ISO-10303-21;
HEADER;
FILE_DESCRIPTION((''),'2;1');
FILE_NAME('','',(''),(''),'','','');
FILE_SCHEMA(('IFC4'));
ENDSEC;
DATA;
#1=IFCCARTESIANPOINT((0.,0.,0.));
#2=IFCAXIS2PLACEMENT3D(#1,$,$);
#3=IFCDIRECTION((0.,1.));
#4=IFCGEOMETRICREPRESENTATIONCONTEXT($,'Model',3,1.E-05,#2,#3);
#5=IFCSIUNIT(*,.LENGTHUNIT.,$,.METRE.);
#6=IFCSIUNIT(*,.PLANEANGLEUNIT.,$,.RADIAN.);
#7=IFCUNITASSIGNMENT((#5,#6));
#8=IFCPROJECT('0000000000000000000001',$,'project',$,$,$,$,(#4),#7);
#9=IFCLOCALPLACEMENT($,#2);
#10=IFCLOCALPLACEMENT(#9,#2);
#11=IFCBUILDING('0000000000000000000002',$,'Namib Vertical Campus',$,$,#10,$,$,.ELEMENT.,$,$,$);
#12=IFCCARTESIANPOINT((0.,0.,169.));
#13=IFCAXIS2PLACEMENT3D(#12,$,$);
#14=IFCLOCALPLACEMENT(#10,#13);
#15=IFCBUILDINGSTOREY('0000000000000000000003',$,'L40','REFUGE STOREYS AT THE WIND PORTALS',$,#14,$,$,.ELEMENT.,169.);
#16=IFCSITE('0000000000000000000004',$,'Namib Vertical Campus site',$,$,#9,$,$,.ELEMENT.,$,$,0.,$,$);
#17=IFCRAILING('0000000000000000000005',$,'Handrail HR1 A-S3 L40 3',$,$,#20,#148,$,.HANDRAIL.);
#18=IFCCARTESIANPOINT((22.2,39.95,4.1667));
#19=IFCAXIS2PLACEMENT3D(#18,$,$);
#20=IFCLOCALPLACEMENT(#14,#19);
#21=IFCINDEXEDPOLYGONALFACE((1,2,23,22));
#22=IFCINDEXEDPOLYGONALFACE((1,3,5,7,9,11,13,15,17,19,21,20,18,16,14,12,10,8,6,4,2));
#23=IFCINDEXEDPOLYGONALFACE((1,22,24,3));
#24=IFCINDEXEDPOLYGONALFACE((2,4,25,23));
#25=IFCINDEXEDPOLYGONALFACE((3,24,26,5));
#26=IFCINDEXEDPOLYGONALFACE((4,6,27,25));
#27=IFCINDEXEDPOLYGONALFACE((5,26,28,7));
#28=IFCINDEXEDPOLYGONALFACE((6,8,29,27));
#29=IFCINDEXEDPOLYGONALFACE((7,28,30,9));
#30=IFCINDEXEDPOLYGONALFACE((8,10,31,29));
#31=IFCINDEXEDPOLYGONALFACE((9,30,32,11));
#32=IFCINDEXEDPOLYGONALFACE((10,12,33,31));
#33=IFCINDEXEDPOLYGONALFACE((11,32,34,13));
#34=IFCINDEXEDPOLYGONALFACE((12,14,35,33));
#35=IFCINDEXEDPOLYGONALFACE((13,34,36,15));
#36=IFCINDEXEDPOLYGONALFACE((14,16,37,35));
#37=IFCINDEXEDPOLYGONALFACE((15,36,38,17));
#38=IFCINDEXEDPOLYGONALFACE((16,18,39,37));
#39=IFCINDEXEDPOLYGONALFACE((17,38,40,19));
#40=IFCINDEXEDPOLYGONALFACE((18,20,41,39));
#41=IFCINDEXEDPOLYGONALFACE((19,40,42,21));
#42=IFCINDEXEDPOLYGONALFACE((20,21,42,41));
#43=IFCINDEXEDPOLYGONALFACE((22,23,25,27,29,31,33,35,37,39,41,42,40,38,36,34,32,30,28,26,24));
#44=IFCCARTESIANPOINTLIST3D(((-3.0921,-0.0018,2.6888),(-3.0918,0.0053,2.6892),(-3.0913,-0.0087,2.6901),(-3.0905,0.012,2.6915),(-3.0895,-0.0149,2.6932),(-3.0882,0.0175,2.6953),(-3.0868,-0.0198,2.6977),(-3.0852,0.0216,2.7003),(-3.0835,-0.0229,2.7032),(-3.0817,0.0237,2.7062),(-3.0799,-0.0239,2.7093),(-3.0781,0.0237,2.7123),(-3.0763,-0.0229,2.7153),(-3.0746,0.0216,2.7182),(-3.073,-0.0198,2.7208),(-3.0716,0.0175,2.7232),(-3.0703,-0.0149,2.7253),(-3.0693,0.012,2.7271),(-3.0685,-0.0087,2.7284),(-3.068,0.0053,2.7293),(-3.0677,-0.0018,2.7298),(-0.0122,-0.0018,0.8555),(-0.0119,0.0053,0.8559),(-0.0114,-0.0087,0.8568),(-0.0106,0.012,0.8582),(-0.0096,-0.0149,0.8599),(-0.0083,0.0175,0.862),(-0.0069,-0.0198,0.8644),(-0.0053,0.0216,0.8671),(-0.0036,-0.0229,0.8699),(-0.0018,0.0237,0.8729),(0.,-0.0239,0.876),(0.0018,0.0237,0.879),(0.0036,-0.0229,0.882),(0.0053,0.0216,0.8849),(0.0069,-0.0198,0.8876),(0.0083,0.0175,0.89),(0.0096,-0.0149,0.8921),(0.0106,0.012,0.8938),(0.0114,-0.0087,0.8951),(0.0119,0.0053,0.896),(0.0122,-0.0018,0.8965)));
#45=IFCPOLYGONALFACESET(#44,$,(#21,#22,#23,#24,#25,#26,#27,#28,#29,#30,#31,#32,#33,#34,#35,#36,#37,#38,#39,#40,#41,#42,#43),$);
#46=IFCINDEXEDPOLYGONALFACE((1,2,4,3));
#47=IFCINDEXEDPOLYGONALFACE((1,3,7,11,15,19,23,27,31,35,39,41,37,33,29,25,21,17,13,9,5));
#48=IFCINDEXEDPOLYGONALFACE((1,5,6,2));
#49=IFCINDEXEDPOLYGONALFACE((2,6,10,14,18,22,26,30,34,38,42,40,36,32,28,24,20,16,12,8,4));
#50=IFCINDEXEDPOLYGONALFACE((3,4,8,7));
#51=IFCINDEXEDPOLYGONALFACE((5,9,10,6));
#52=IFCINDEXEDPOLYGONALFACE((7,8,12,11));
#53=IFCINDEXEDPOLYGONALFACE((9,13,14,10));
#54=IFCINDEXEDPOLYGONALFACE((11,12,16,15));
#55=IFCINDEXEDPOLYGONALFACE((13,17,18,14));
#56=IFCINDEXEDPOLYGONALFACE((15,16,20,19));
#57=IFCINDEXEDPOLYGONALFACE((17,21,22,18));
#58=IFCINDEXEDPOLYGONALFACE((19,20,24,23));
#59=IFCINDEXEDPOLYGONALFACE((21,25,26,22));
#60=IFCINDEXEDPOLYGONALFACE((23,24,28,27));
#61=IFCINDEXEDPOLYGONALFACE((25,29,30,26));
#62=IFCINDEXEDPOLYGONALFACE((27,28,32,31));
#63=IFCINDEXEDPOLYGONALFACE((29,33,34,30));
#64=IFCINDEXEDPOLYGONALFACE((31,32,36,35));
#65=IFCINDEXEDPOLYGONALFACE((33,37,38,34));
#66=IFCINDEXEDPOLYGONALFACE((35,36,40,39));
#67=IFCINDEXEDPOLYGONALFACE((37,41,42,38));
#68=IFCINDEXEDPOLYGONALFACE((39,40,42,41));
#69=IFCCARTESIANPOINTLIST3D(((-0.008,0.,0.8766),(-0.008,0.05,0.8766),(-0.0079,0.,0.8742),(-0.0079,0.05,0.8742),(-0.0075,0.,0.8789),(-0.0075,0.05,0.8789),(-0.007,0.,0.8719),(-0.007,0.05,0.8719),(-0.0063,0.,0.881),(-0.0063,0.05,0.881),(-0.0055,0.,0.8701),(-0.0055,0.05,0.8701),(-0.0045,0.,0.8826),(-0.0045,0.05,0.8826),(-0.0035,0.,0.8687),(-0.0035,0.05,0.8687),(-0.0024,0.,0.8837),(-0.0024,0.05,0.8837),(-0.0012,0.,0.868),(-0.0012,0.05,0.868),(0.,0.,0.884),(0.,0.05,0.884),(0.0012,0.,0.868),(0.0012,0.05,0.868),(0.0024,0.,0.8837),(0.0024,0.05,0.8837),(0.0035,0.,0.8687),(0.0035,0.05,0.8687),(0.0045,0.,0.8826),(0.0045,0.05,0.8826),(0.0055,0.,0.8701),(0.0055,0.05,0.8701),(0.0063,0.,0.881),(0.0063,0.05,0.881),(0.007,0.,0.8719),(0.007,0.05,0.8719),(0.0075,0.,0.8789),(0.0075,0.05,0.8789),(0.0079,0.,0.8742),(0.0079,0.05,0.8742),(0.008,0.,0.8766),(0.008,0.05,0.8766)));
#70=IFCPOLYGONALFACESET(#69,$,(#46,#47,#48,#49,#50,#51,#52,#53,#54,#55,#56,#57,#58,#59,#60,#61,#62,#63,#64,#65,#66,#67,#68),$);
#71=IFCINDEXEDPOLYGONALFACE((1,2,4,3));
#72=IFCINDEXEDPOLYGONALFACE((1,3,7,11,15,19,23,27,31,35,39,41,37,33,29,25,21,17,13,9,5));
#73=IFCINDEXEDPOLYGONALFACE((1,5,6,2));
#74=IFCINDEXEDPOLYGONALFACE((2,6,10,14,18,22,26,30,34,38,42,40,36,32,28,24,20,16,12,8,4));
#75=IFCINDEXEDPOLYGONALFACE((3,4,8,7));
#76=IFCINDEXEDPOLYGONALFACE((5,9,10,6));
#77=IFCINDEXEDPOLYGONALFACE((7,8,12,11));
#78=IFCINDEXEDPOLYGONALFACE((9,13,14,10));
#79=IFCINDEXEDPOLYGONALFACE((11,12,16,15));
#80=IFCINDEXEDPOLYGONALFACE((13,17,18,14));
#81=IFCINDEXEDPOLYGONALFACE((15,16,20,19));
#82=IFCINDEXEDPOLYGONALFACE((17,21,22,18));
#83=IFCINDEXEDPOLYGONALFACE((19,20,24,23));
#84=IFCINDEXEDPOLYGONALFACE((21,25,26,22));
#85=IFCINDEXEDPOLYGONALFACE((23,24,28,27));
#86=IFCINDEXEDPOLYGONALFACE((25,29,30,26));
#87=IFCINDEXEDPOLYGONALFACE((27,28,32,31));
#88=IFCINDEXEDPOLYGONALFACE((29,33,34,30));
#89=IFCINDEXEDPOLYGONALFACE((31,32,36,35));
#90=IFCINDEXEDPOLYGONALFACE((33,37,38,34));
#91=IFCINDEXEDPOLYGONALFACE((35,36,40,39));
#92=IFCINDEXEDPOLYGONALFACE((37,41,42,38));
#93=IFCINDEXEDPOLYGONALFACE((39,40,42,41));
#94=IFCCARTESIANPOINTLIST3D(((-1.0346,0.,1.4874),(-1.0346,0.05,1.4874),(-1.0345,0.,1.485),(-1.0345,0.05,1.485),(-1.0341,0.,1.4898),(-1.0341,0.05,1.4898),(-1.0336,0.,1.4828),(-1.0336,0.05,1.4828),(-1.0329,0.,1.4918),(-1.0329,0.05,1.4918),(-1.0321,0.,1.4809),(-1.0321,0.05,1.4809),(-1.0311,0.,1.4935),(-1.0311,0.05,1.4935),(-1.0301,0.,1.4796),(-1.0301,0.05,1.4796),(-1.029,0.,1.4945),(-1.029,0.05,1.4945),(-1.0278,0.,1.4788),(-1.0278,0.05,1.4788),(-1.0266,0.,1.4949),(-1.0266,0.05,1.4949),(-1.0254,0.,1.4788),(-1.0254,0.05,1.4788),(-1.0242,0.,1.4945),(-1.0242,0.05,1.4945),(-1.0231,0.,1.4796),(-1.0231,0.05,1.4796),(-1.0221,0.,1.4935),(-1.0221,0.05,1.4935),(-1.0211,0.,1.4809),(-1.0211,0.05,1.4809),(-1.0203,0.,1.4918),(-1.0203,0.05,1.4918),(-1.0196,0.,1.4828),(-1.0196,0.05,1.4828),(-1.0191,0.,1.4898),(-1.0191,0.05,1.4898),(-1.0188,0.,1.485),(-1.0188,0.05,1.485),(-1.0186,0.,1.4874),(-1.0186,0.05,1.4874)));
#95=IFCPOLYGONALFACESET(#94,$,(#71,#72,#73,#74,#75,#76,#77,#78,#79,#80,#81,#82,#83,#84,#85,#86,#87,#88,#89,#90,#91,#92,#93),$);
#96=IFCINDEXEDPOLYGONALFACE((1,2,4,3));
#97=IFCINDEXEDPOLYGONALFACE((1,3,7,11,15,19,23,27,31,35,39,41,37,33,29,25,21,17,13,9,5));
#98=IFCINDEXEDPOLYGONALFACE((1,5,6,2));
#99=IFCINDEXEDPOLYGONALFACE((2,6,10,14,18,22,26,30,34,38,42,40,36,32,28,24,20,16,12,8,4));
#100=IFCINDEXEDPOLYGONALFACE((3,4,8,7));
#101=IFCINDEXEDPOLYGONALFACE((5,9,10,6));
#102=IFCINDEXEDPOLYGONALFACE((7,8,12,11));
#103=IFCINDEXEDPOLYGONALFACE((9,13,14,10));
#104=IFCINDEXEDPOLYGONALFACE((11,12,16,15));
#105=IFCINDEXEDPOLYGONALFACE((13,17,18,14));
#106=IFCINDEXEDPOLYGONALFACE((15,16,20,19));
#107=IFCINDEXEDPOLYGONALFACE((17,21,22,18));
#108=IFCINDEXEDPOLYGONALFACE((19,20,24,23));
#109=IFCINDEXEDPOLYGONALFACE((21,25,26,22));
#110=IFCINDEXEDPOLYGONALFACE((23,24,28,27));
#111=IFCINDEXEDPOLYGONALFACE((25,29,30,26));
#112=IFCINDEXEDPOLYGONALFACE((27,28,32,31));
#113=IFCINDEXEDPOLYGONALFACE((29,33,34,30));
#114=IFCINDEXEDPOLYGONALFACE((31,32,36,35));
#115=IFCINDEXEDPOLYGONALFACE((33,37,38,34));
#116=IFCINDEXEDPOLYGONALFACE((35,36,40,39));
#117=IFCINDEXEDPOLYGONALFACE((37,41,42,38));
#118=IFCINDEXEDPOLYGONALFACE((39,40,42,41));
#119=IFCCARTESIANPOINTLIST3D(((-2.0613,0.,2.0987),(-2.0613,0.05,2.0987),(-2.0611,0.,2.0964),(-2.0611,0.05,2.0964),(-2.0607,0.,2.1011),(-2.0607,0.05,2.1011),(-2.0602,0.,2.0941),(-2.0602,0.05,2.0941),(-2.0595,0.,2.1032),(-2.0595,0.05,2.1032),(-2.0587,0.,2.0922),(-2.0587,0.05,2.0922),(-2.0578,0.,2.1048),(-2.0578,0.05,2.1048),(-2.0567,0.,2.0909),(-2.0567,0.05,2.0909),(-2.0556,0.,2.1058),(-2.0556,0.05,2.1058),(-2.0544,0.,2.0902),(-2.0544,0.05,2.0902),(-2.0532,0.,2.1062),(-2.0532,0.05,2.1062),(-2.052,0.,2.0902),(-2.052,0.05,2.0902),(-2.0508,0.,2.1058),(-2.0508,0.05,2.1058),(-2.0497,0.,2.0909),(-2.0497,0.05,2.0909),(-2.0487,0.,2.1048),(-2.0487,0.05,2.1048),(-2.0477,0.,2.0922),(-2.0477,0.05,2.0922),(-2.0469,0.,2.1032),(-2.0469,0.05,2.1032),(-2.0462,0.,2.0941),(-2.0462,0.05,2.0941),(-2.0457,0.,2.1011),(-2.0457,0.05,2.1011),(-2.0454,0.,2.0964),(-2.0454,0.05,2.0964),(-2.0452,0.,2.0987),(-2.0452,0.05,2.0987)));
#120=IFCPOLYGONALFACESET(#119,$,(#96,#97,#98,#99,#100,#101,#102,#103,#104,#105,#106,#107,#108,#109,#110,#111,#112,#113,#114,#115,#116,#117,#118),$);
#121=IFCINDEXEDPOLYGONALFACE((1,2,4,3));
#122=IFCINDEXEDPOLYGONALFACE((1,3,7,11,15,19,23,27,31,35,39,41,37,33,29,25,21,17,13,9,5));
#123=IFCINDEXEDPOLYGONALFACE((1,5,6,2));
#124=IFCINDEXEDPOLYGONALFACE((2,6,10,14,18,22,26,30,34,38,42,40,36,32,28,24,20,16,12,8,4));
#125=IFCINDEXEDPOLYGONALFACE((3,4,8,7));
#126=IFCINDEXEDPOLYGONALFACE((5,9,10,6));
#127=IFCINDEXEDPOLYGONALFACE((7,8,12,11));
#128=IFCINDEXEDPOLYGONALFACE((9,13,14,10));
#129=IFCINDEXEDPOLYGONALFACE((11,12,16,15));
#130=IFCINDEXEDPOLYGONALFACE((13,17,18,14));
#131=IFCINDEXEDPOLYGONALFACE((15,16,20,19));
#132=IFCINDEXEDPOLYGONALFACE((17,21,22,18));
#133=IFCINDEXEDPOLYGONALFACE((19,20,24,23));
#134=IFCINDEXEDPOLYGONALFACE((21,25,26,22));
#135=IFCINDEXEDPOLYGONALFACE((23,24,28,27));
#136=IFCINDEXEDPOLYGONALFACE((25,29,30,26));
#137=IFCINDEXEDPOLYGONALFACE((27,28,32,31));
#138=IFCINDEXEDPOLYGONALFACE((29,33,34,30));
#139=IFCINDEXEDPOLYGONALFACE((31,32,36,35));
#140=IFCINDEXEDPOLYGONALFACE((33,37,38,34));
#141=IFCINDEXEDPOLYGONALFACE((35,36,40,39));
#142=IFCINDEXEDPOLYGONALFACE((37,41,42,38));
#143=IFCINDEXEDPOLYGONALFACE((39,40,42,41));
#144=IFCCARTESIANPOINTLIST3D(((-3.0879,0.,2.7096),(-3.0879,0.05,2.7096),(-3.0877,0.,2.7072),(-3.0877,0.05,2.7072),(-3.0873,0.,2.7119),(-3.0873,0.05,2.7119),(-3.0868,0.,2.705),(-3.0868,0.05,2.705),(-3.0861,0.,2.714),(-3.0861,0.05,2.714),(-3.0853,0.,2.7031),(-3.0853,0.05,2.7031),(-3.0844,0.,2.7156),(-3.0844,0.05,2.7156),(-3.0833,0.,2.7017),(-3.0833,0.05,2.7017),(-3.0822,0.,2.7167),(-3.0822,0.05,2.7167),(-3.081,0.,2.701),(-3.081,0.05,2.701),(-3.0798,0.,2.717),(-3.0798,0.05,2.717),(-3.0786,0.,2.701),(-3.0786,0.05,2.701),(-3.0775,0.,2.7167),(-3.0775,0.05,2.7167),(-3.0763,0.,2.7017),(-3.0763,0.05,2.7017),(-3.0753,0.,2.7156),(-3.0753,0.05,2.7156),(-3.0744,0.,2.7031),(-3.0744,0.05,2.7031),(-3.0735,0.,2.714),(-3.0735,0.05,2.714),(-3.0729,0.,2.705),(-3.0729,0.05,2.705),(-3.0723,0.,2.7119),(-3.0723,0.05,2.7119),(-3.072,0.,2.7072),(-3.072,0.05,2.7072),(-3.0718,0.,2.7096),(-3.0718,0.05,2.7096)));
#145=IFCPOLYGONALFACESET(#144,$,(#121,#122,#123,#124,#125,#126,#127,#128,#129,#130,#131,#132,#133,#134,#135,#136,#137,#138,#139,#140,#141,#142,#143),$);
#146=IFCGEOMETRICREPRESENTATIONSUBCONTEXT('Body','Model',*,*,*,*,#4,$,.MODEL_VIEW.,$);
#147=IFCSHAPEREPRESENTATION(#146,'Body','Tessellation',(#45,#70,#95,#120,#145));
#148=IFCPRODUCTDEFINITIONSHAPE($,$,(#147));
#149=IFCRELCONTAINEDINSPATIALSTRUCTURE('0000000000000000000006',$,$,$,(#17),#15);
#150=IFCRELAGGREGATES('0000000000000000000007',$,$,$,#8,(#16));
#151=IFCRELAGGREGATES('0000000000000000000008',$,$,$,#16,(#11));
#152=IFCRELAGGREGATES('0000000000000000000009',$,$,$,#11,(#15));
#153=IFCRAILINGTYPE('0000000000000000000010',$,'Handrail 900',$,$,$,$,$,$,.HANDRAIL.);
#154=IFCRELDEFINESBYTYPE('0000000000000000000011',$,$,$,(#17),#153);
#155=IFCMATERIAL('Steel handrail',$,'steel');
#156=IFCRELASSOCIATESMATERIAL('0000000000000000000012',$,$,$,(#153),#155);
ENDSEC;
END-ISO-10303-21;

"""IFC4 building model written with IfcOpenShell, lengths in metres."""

from ifc_helpers import new_model, si_unit, direction, frame, origin, origin_2d, place, context, subcontext, project, spatial, circle, extrude, material, type_object, element, save


model = new_model("IFC4")

# Units and contexts
model_context = context("Model", 3, precision=1e-05, world=origin(), true_north=direction((0.0, 1.0)))
body_context = subcontext(model_context, "Body", "Model", "MODEL_VIEW")
ifc_project = project(units=[si_unit("LENGTHUNIT", "METRE"), si_unit("PLANEANGLEUNIT", "RADIAN")], contexts=[model_context])

# Site, building, storey
site_placement = place(None, origin())
site = spatial("IfcSite", under=ifc_project, at=site_placement, Name="Namib Vertical Campus site", CompositionType="ELEMENT", RefElevation=0.0)
building_placement = place(site_placement, origin())
building = spatial("IfcBuilding", under=site, at=building_placement, Name="Namib Vertical Campus", CompositionType="ELEMENT")
storey_placement = place(building_placement, frame((0.0, 0.0, 169.0)))
storey = spatial("IfcBuildingStorey", under=building, at=storey_placement, Name="L40", Description="REFUGE STOREYS AT THE WIND PORTALS", CompositionType="ELEMENT", Elevation=169.0)

# Railing
ifc_material_1 = material(Name="Steel handrail", Category="steel")
railing_type_1 = type_object("IfcRailingType", Name="Handrail 900", PredefinedType="HANDRAIL", material=ifc_material_1)
for number, where, name in (
    (1, (22.2, 39.95, 4.1667), "Handrail HR1 A-S3 L40 3"),
):
    element("IfcRailing", number, at=place(storey_placement, frame(where)), inside=storey, type_object=railing_type_1, Name=name, PredefinedType="HANDRAIL", context=body_context, shape_type="SweptSolid", body=[
        extrude(circle(Radius=0.0239, at=origin_2d()), frame((0.0, 0.0, 0.876), z_axis=(-0.859291, 0.0, 0.511487), x_axis=(0.0, -1.0, 0.0)), (0.0, 0.0, 1.0), 3.5842),
        extrude(circle(Radius=0.0081, at=origin_2d()), frame((0.0, 0.0, 0.876), z_axis=(0.0, 1.0, 0.0), x_axis=(0.0, 0.0, 1.0)), (0.0, 0.0, 1.0), 0.05),
        extrude(circle(Radius=0.0081, at=origin_2d()), frame((-1.0266, 0.0, 1.4868), z_axis=(0.0, 1.0, 0.0), x_axis=(0.0, 0.0, 1.0)), (0.0, 0.0, 1.0), 0.05),
        extrude(circle(Radius=0.0081, at=origin_2d()), frame((-2.0532, 0.0, 2.0981), z_axis=(0.0, 1.0, 0.0), x_axis=(0.0, 0.0, 1.0)), (0.0, 0.0, 1.0), 0.05),
        extrude(circle(Radius=0.0081, at=origin_2d()), frame((-3.0798, 0.0, 2.709), z_axis=(0.0, 1.0, 0.0), x_axis=(0.0, 0.0, 1.0)), (0.0, 0.0, 1.0), 0.05),
    ])

save(model, "model.ifc")
